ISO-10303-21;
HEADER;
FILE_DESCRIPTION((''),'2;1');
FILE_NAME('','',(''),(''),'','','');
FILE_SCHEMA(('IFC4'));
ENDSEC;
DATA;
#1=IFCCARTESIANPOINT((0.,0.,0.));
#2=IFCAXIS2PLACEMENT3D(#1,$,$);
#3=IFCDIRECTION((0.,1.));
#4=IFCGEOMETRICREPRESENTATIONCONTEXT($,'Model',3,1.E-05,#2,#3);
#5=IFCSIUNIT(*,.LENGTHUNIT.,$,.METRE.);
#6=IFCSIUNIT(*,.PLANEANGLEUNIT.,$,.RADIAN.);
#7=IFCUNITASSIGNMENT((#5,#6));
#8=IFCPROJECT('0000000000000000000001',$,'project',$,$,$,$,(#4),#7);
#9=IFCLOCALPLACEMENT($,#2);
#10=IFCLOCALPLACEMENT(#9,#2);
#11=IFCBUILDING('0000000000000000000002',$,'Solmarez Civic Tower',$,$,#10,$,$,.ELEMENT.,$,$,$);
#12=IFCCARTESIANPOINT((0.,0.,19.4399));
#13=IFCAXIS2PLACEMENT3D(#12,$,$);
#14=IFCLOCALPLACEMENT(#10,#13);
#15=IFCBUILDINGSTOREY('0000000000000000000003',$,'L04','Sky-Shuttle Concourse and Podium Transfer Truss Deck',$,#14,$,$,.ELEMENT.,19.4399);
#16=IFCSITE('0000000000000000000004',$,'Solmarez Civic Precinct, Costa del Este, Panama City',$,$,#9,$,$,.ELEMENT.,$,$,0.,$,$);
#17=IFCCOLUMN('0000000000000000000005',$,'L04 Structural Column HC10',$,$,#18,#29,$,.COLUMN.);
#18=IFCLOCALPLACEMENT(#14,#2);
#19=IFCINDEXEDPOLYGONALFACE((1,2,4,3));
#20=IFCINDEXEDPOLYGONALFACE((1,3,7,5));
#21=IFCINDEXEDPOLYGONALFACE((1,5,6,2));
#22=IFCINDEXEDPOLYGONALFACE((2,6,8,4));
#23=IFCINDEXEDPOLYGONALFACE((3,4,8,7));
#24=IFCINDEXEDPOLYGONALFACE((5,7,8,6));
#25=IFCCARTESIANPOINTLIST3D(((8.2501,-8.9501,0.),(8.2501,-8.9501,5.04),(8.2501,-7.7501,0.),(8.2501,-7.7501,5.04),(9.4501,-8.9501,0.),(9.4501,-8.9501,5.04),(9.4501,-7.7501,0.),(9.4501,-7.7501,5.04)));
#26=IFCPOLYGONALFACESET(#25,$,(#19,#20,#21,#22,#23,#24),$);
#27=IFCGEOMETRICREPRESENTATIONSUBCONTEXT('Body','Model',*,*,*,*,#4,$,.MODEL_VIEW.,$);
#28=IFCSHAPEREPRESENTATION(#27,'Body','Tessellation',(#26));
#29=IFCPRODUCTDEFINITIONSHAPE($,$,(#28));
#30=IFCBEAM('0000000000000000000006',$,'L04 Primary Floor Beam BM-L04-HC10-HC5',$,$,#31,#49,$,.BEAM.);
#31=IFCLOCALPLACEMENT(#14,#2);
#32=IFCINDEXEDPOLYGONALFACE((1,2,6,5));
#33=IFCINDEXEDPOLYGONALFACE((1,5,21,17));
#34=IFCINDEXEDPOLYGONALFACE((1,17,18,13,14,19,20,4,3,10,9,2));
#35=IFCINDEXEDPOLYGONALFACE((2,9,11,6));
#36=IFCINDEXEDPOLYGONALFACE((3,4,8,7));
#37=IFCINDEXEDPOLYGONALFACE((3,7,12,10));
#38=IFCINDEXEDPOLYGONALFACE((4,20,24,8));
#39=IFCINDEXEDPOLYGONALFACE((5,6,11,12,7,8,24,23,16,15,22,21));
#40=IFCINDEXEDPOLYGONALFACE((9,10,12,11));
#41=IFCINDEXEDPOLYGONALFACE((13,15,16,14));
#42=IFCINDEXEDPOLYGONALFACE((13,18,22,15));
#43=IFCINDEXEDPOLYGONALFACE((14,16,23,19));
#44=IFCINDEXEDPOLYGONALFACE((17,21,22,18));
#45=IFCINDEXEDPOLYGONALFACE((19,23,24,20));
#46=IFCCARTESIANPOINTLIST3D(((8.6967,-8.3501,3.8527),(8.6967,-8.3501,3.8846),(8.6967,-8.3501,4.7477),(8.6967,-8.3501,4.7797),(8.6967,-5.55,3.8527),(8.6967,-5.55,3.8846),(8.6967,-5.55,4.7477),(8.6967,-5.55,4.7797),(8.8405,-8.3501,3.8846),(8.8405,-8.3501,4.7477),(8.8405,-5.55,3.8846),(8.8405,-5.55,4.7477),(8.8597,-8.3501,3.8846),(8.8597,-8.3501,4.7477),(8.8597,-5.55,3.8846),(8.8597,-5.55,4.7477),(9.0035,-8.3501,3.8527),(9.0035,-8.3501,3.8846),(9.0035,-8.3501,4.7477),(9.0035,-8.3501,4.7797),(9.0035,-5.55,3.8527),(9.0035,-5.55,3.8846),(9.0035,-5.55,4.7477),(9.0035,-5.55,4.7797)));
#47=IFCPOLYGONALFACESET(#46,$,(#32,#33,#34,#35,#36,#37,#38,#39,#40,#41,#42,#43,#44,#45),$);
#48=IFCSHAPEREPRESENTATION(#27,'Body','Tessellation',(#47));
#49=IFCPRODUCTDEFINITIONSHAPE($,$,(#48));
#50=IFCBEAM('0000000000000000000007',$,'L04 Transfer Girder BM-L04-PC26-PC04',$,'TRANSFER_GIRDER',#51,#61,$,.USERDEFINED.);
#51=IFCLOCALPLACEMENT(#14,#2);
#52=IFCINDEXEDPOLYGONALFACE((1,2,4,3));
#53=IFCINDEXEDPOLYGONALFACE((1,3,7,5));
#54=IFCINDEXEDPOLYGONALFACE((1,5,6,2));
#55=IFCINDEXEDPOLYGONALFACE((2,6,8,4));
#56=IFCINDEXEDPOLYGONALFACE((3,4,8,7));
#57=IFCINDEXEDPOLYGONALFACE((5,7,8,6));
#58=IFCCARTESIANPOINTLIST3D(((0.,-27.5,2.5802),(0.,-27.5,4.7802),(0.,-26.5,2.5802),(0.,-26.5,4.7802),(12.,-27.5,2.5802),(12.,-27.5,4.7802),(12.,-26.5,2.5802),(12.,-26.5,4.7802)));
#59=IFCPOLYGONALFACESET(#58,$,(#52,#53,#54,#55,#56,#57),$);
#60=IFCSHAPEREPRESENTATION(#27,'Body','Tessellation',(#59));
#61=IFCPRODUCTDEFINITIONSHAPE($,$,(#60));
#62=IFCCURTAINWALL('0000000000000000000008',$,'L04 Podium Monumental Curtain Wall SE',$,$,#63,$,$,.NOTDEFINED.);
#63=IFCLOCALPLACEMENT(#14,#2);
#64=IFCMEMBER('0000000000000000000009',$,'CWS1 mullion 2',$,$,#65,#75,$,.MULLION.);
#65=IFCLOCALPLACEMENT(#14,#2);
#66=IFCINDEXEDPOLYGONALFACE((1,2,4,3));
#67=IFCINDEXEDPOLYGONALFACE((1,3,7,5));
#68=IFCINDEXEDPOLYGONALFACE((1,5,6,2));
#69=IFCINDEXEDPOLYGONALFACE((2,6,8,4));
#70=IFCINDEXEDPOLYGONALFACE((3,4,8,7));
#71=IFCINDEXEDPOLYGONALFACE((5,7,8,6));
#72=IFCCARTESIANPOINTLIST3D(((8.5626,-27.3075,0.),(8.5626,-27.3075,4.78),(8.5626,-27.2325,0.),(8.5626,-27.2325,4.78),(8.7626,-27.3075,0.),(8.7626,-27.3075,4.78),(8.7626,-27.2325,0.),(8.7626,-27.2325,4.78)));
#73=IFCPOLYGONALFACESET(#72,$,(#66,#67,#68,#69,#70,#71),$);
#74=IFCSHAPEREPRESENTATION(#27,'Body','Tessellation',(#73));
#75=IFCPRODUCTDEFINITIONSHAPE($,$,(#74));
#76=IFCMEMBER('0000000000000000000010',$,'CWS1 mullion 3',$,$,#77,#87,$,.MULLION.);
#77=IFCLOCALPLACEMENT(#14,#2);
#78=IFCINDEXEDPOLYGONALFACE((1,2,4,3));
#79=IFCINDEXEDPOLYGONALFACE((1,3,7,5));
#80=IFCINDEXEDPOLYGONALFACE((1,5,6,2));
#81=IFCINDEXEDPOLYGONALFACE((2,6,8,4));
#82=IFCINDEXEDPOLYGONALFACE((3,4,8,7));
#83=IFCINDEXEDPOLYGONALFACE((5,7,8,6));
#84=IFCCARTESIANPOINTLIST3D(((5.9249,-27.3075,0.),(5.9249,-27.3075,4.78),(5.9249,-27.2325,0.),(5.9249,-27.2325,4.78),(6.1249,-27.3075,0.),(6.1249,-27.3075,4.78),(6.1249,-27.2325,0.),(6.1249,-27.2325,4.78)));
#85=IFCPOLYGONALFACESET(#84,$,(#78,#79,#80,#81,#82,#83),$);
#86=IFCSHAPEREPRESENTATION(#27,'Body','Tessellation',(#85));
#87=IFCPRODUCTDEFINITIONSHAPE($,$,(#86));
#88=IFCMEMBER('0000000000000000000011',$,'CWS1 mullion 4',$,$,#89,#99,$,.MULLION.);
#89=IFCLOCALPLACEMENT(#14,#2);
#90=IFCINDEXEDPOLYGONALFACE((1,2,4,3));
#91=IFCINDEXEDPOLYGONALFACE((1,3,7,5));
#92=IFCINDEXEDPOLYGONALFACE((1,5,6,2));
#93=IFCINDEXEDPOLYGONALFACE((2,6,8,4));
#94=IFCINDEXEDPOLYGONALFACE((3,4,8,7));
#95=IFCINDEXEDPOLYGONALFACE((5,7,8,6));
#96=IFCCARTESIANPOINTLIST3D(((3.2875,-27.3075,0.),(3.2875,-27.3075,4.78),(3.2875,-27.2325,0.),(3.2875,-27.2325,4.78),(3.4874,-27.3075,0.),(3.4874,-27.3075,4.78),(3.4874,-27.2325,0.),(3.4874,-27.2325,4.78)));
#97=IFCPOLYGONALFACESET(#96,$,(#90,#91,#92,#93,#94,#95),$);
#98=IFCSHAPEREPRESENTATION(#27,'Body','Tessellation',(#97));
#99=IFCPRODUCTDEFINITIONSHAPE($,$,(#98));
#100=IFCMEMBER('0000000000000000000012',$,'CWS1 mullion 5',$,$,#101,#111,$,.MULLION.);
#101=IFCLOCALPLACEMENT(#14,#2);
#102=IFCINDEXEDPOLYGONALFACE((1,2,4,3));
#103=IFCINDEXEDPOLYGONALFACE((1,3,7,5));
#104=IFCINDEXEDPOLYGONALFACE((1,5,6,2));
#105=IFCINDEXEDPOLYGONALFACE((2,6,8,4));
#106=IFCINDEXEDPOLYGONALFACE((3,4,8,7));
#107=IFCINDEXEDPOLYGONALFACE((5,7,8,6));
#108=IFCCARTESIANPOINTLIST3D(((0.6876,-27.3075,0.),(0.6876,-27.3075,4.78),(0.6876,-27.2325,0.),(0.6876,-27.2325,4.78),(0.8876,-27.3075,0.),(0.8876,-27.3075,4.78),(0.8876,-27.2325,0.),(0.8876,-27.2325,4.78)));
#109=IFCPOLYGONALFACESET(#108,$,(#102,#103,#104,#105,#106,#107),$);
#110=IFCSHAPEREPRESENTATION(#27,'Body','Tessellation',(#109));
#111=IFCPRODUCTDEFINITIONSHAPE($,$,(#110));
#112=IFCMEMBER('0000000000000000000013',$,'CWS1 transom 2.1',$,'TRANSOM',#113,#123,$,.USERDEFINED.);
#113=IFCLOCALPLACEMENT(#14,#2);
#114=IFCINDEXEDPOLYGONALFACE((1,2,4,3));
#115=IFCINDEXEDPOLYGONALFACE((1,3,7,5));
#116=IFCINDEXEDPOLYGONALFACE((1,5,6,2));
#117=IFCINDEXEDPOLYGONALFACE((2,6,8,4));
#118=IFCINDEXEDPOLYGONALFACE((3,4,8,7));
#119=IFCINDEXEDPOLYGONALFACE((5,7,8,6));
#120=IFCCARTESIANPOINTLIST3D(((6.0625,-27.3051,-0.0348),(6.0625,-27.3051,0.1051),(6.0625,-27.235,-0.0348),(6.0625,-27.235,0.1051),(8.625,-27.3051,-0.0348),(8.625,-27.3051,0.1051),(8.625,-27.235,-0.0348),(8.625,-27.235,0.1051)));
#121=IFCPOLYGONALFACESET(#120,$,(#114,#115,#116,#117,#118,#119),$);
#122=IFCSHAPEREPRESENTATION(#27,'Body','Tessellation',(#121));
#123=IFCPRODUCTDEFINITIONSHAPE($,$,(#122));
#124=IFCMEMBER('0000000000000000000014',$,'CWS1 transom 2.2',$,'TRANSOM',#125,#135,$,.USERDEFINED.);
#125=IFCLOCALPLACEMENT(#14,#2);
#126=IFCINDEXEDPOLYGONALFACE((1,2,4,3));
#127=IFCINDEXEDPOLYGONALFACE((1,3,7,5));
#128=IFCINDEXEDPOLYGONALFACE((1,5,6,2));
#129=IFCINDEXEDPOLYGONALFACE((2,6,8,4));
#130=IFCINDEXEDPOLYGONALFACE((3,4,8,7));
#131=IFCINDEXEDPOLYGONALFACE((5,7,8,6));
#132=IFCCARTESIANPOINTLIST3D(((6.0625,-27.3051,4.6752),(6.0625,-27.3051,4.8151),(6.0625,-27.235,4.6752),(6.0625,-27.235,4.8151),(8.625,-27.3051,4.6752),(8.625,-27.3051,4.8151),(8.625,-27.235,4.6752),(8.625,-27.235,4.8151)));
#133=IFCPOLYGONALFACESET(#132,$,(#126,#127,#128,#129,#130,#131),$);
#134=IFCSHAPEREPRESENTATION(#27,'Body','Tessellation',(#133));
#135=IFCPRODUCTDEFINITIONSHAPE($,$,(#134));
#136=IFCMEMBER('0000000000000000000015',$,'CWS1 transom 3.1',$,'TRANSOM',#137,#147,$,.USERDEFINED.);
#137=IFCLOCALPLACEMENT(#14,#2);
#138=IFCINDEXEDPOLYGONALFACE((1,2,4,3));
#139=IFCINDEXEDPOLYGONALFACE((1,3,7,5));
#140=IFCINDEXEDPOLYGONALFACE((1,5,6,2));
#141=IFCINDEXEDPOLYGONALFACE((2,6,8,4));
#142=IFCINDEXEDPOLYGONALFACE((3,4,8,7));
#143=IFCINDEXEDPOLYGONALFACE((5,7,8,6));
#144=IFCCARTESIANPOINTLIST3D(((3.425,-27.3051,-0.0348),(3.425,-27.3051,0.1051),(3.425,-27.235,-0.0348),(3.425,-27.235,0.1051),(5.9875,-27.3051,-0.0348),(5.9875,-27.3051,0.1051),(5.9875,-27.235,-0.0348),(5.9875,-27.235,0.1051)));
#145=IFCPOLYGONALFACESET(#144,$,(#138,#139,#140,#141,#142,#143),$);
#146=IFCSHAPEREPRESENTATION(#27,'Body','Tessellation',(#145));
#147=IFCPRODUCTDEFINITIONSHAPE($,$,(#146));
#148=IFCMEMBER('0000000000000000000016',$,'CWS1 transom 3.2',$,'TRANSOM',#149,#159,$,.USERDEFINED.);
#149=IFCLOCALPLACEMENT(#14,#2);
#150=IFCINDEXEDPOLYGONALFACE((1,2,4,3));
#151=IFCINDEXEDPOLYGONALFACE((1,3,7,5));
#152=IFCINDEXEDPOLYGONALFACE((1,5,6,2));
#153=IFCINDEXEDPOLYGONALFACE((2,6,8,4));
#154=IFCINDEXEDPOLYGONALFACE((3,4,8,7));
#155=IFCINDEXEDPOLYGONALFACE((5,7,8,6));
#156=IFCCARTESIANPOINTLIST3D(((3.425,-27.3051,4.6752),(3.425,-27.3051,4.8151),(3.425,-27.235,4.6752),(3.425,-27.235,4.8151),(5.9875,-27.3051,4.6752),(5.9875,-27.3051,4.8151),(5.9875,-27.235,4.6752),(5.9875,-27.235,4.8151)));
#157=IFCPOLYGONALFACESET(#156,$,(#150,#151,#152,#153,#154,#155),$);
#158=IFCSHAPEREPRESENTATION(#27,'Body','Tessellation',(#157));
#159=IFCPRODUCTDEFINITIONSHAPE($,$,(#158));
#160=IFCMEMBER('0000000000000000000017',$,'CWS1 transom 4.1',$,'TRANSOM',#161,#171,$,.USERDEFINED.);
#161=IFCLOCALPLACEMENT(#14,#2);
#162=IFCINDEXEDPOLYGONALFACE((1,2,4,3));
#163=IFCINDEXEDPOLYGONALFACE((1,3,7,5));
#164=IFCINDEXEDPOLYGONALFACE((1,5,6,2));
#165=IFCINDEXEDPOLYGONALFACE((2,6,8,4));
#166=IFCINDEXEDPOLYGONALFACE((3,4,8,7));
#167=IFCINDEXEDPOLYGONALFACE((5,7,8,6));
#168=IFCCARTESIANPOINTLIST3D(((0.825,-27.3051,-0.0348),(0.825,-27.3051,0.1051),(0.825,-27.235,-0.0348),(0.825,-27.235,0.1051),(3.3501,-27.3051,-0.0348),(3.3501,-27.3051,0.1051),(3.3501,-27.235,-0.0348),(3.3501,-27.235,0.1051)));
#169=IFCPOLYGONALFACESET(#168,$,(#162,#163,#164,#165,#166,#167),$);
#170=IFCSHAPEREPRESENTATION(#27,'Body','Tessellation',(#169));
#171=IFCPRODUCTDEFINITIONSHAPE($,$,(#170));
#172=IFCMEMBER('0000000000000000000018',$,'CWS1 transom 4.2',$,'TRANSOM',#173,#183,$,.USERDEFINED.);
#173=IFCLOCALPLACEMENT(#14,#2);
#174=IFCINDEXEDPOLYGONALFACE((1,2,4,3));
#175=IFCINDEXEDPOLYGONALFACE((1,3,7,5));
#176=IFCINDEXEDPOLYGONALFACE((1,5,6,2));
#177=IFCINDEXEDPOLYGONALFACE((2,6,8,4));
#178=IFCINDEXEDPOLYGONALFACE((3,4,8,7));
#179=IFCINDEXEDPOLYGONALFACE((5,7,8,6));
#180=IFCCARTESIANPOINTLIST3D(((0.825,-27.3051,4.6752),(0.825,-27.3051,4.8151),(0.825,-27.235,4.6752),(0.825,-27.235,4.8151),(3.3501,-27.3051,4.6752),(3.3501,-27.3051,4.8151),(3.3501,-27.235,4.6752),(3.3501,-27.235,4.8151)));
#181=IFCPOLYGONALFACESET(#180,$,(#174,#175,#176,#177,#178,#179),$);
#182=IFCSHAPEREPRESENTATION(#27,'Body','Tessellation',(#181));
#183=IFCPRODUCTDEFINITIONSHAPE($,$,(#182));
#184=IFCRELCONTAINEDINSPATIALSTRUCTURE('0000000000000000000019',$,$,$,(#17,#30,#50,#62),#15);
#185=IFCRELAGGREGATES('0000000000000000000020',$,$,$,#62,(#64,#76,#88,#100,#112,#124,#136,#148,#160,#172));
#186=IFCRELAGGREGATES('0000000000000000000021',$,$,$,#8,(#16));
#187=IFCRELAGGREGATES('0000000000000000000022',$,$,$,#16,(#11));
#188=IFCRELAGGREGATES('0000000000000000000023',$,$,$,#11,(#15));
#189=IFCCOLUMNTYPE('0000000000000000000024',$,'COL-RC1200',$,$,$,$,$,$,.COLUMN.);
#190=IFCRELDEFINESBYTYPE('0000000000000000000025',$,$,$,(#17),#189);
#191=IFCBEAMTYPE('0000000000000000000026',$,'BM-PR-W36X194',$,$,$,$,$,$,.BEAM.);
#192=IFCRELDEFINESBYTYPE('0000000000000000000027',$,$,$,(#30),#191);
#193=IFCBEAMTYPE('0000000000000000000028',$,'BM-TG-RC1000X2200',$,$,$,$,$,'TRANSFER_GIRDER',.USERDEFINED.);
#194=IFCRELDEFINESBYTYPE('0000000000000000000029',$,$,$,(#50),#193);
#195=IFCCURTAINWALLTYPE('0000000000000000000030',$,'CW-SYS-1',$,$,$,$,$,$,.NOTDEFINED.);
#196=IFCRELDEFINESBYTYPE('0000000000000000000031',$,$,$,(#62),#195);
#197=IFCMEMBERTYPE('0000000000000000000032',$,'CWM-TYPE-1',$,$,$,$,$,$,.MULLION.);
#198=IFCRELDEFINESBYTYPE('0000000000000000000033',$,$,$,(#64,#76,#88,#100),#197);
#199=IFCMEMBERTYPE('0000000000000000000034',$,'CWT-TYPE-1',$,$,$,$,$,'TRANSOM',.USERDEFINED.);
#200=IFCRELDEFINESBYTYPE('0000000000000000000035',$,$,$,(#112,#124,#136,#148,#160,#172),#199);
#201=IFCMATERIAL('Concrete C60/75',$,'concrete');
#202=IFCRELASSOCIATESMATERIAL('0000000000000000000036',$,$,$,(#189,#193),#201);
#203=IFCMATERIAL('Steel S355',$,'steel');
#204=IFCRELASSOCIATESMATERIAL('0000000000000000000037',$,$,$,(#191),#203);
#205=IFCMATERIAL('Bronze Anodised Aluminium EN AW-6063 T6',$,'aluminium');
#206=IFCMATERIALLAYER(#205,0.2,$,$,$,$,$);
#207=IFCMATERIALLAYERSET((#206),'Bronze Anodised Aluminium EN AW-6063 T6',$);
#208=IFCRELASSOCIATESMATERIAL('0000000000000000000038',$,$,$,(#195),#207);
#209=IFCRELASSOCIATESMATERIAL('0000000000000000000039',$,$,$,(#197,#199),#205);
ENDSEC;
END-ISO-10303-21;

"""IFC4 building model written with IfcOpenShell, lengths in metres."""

from ifc_helpers import new_model, si_unit, direction, frame, origin, origin_2d, place, context, subcontext, project, spatial, rectangle, i_section, extrude, material, layer, layer_set, material_profile, profile_set, type_object, element, aggregate, save


model = new_model("IFC4")

# Units and contexts
model_context = context("Model", 3, precision=1e-05, world=origin(), true_north=direction((0.0, 1.0)))
body_context = subcontext(model_context, "Body", "Model", "MODEL_VIEW")
ifc_project = project(units=[si_unit("LENGTHUNIT", "METRE"), si_unit("PLANEANGLEUNIT", "RADIAN")], contexts=[model_context])

# Site, building, storey
site_placement = place(None, origin())
site = spatial("IfcSite", under=ifc_project, at=site_placement, Name="Solmarez Civic Precinct, Costa del Este, Panama City", CompositionType="ELEMENT", RefElevation=0.0)
building_placement = place(site_placement, origin())
building = spatial("IfcBuilding", under=site, at=building_placement, Name="Solmarez Civic Tower", CompositionType="ELEMENT")
storey_placement = place(building_placement, frame((0.0, 0.0, 19.4399)))
storey = spatial("IfcBuildingStorey", under=building, at=storey_placement, Name="L04", Description="Sky-Shuttle Concourse and Podium Transfer Truss Deck", CompositionType="ELEMENT", Elevation=19.4399)

# Column
ifc_material_1 = material(Name="Concrete C60/75", Category="concrete")
ifc_material_profile_1 = material_profile(ifc_material_1, rectangle(XDim=1.2, YDim=1.2, at=origin_2d()), Name="RC1200X1200")
ifc_profile_set_1 = profile_set([ifc_material_profile_1], Name="Concrete C60/75")
column_type = type_object("IfcColumnType", Name="COL-RC1200", PredefinedType="COLUMN", material=ifc_profile_set_1)
column_placement = place(storey_placement, frame((8.8501, -8.3501, 0.0), z_axis=(0.0, 0.0, 1.0), x_axis=(1.0, 0.0, 0.0)))
element("IfcColumn", 1, at=column_placement, inside=storey, type_object=column_type, Name="L04 Structural Column HC10", PredefinedType="COLUMN", context=body_context, shape_type="SweptSolid", body=[
    extrude(rectangle(XDim=1.2, YDim=1.2, at=origin_2d()), origin(), (0.0, 0.0, 1.0), 5.04),
])

# Beams
ifc_material_2 = material(Name="Steel S355", Category="steel")
ifc_material_profile_2 = material_profile(ifc_material_2, i_section(OverallWidth=0.3069, OverallDepth=0.927, WebThickness=0.0193, FlangeThickness=0.032, at=origin_2d()), Name="W36X194")
ifc_profile_set_2 = profile_set([ifc_material_profile_2], Name="Steel S355")
beam_type_1 = type_object("IfcBeamType", Name="BM-PR-W36X194", PredefinedType="BEAM", material=ifc_profile_set_2)
beam_1_placement = place(storey_placement, frame((8.8501, -8.3501, 4.3162), z_axis=(0.0, 1.0, 0.0), x_axis=(-1.0, 0.0, 0.0)))
element("IfcBeam", 2, at=beam_1_placement, inside=storey, type_object=beam_type_1, Name="L04 Primary Floor Beam BM-L04-HC10-HC5", PredefinedType="BEAM", context=body_context, shape_type="SweptSolid", body=[
    extrude(i_section(OverallWidth=0.3069, OverallDepth=0.927, WebThickness=0.0193, FlangeThickness=0.032, at=origin_2d()), origin(), (0.0, 0.0, 1.0), 2.8),
])
ifc_material_profile_3 = material_profile(ifc_material_1, rectangle(XDim=1.0, YDim=2.2, at=origin_2d()), Name="RC1000X2200")
ifc_profile_set_3 = profile_set([ifc_material_profile_3], Name="Concrete C60/75")
beam_type_2 = type_object("IfcBeamType", Name="BM-TG-RC1000X2200", ElementType="TRANSFER_GIRDER", PredefinedType="USERDEFINED", material=ifc_profile_set_3)
beam_2_placement = place(storey_placement, frame((0.0, -27.0, 3.6802), z_axis=(1.0, 0.0, 0.0), x_axis=(0.0, 1.0, 0.0)))
element("IfcBeam", 3, at=beam_2_placement, inside=storey, type_object=beam_type_2, Name="L04 Transfer Girder BM-L04-PC26-PC04", ObjectType="TRANSFER_GIRDER", PredefinedType="USERDEFINED", context=body_context, shape_type="SweptSolid", body=[
    extrude(rectangle(XDim=1.0, YDim=2.2, at=origin_2d()), origin(), (0.0, 0.0, 1.0), 12.0),
])

# Curtain wall, members
ifc_material_3 = material(Name="Bronze Anodised Aluminium EN AW-6063 T6", Category="aluminium")
ifc_layer_1 = layer(ifc_material_3, 0.2)
ifc_layer_set_1 = layer_set([ifc_layer_1], Name="Bronze Anodised Aluminium EN AW-6063 T6")
curtain_wall_type = type_object("IfcCurtainWallType", Name="CW-SYS-1", PredefinedType="NOTDEFINED", material=ifc_layer_set_1)
curtain_wall_placement = place(storey_placement, origin())
curtain_wall = element("IfcCurtainWall", 4, at=curtain_wall_placement, inside=storey, type_object=curtain_wall_type, Name="L04 Podium Monumental Curtain Wall SE", PredefinedType="NOTDEFINED")
ifc_material_profile_4 = material_profile(ifc_material_3, rectangle(XDim=0.075, YDim=0.2, at=origin_2d()), Name="CWM-75X200")
ifc_profile_set_4 = profile_set([ifc_material_profile_4], Name="Bronze Anodised Aluminium EN AW-6063 T6")
member_type_1 = type_object("IfcMemberType", Name="CWM-TYPE-1", PredefinedType="MULLION", material=ifc_profile_set_4)
member_1_placement = place(storey_placement, frame((8.6626, -27.27, 0.0), z_axis=(0.0, 0.0, 1.0), x_axis=(0.0, -1.0, 0.0)))
member_1 = element("IfcMember", 5, at=member_1_placement, type_object=member_type_1, Name="CWS1 mullion 2", PredefinedType="MULLION", context=body_context, shape_type="SweptSolid", body=[
    extrude(rectangle(XDim=0.075, YDim=0.2, at=origin_2d()), origin(), (0.0, 0.0, 1.0), 4.78),
])
member_2_placement = place(storey_placement, frame((6.0249, -27.27, 0.0), z_axis=(0.0, 0.0, 1.0), x_axis=(0.0, -1.0, 0.0)))
member_2 = element("IfcMember", 6, at=member_2_placement, type_object=member_type_1, Name="CWS1 mullion 3", PredefinedType="MULLION", context=body_context, shape_type="SweptSolid", body=[
    extrude(rectangle(XDim=0.075, YDim=0.2, at=origin_2d()), origin(), (0.0, 0.0, 1.0), 4.78),
])
member_3_placement = place(storey_placement, frame((3.3875, -27.27, 0.0), z_axis=(0.0, 0.0, 1.0), x_axis=(0.0, -1.0, 0.0)))
member_3 = element("IfcMember", 7, at=member_3_placement, type_object=member_type_1, Name="CWS1 mullion 4", PredefinedType="MULLION", context=body_context, shape_type="SweptSolid", body=[
    extrude(rectangle(XDim=0.075, YDim=0.2, at=origin_2d()), origin(), (0.0, 0.0, 1.0), 4.78),
])
member_4_placement = place(storey_placement, frame((0.7876, -27.27, 0.0), z_axis=(0.0, 0.0, 1.0), x_axis=(0.0, -1.0, 0.0)))
member_4 = element("IfcMember", 8, at=member_4_placement, type_object=member_type_1, Name="CWS1 mullion 5", PredefinedType="MULLION", context=body_context, shape_type="SweptSolid", body=[
    extrude(rectangle(XDim=0.075, YDim=0.2, at=origin_2d()), origin(), (0.0, 0.0, 1.0), 4.78),
])
ifc_material_profile_5 = material_profile(ifc_material_3, rectangle(XDim=0.0701, YDim=0.1399, at=origin_2d()), Name="CWT-70X140")
ifc_profile_set_5 = profile_set([ifc_material_profile_5], Name="Bronze Anodised Aluminium EN AW-6063 T6")
member_type_2 = type_object("IfcMemberType", Name="CWT-TYPE-1", ElementType="TRANSOM", PredefinedType="USERDEFINED", material=ifc_profile_set_5)
member_5_placement = place(storey_placement, frame((8.625, -27.27, 0.0352), z_axis=(-1.0, 0.0, 0.0), x_axis=(0.0, -1.0, 0.0)))
member_5 = element("IfcMember", 9, at=member_5_placement, type_object=member_type_2, Name="CWS1 transom 2.1", ObjectType="TRANSOM", PredefinedType="USERDEFINED", context=body_context, shape_type="SweptSolid", body=[
    extrude(rectangle(XDim=0.0701, YDim=0.1399, at=origin_2d()), origin(), (0.0, 0.0, 1.0), 2.5625),
])
member_6_placement = place(storey_placement, frame((8.625, -27.27, 4.7451), z_axis=(-1.0, 0.0, 0.0), x_axis=(0.0, -1.0, 0.0)))
member_6 = element("IfcMember", 10, at=member_6_placement, type_object=member_type_2, Name="CWS1 transom 2.2", ObjectType="TRANSOM", PredefinedType="USERDEFINED", context=body_context, shape_type="SweptSolid", body=[
    extrude(rectangle(XDim=0.0701, YDim=0.1399, at=origin_2d()), origin(), (0.0, 0.0, 1.0), 2.5625),
])
member_7_placement = place(storey_placement, frame((5.9875, -27.27, 0.0352), z_axis=(-1.0, 0.0, 0.0), x_axis=(0.0, -1.0, 0.0)))
member_7 = element("IfcMember", 11, at=member_7_placement, type_object=member_type_2, Name="CWS1 transom 3.1", ObjectType="TRANSOM", PredefinedType="USERDEFINED", context=body_context, shape_type="SweptSolid", body=[
    extrude(rectangle(XDim=0.0701, YDim=0.1399, at=origin_2d()), origin(), (0.0, 0.0, 1.0), 2.5625),
])
member_8_placement = place(storey_placement, frame((5.9875, -27.27, 4.7451), z_axis=(-1.0, 0.0, 0.0), x_axis=(0.0, -1.0, 0.0)))
member_8 = element("IfcMember", 12, at=member_8_placement, type_object=member_type_2, Name="CWS1 transom 3.2", ObjectType="TRANSOM", PredefinedType="USERDEFINED", context=body_context, shape_type="SweptSolid", body=[
    extrude(rectangle(XDim=0.0701, YDim=0.1399, at=origin_2d()), origin(), (0.0, 0.0, 1.0), 2.5625),
])
member_9_placement = place(storey_placement, frame((3.3501, -27.27, 0.0352), z_axis=(-1.0, 0.0, 0.0), x_axis=(0.0, -1.0, 0.0)))
member_9 = element("IfcMember", 13, at=member_9_placement, type_object=member_type_2, Name="CWS1 transom 4.1", ObjectType="TRANSOM", PredefinedType="USERDEFINED", context=body_context, shape_type="SweptSolid", body=[
    extrude(rectangle(XDim=0.0701, YDim=0.1399, at=origin_2d()), origin(), (0.0, 0.0, 1.0), 2.5251),
])
member_10_placement = place(storey_placement, frame((3.3501, -27.27, 4.7451), z_axis=(-1.0, 0.0, 0.0), x_axis=(0.0, -1.0, 0.0)))
member_10 = element("IfcMember", 14, at=member_10_placement, type_object=member_type_2, Name="CWS1 transom 4.2", ObjectType="TRANSOM", PredefinedType="USERDEFINED", context=body_context, shape_type="SweptSolid", body=[
    extrude(rectangle(XDim=0.0701, YDim=0.1399, at=origin_2d()), origin(), (0.0, 0.0, 1.0), 2.5251),
])

aggregate(curtain_wall, [member_1, member_2, member_3, member_4, member_5, member_6, member_7, member_8, member_9, member_10])

save(model, "model.ifc")
